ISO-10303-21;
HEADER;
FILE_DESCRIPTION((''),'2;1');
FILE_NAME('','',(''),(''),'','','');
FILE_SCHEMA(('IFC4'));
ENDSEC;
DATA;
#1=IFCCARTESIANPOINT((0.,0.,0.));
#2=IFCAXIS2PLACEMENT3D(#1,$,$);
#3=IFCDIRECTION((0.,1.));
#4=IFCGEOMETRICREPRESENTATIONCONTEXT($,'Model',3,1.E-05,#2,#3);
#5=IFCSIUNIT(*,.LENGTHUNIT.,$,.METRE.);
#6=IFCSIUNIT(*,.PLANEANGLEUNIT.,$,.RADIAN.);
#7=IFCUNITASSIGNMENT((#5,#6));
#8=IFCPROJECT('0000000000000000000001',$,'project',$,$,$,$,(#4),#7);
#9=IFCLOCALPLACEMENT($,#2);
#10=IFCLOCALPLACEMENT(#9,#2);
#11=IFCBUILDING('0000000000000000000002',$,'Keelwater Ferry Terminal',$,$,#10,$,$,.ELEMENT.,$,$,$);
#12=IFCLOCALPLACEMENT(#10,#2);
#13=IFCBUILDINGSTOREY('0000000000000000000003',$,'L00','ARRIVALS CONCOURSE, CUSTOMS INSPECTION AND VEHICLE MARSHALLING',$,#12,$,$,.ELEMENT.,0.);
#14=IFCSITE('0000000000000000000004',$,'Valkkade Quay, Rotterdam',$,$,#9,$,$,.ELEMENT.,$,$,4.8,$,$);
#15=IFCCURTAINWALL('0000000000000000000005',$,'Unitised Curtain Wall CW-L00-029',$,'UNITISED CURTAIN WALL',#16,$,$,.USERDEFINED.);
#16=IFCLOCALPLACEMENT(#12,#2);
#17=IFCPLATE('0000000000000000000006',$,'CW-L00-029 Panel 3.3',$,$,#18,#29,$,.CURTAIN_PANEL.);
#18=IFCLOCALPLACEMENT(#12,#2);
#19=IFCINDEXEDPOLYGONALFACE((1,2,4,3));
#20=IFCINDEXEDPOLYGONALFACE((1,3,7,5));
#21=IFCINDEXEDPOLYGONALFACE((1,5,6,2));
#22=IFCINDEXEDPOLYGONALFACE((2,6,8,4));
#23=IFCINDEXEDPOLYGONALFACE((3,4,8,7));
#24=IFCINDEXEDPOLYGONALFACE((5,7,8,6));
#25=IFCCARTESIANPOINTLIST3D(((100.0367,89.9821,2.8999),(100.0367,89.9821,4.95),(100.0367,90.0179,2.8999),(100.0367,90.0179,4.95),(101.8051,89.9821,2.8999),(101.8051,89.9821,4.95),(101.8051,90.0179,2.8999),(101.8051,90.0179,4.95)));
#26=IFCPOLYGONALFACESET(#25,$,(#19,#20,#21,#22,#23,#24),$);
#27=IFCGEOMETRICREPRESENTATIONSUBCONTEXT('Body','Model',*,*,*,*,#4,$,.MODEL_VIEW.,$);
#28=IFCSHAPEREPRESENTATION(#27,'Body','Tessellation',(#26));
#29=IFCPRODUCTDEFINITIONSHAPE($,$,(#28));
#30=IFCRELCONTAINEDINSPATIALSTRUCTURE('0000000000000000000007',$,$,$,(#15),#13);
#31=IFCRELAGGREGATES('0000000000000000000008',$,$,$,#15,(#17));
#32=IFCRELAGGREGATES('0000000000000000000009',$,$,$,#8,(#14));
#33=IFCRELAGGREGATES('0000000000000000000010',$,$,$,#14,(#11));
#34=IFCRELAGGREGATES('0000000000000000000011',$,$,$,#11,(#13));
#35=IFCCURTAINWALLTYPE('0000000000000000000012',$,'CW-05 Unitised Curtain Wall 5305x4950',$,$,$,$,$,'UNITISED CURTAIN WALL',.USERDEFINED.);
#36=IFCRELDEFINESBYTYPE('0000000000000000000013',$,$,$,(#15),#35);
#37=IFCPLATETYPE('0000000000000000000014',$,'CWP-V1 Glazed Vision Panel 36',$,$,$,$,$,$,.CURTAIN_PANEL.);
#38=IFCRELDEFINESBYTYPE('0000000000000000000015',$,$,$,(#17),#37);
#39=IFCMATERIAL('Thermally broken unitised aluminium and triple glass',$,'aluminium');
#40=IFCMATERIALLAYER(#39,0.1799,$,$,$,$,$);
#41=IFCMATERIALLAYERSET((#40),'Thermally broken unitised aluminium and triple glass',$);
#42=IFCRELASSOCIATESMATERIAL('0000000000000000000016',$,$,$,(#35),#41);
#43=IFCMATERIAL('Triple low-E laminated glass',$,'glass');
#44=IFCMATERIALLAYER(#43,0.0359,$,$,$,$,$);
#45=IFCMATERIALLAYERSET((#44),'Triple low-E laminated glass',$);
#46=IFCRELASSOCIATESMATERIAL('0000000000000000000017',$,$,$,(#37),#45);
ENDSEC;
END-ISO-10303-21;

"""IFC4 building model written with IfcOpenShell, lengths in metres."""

from ifc_helpers import new_model, si_unit, direction, frame, origin, origin_2d, place, context, subcontext, project, spatial, rectangle, extrude, material, layer, layer_set, type_object, element, aggregate, save


model = new_model("IFC4")

# Units and contexts
model_context = context("Model", 3, precision=1e-05, world=origin(), true_north=direction((0.0, 1.0)))
body_context = subcontext(model_context, "Body", "Model", "MODEL_VIEW")
ifc_project = project(units=[si_unit("LENGTHUNIT", "METRE"), si_unit("PLANEANGLEUNIT", "RADIAN")], contexts=[model_context])

# Site, building, storey
site_placement = place(None, origin())
site = spatial("IfcSite", under=ifc_project, at=site_placement, Name="Valkkade Quay, Rotterdam", CompositionType="ELEMENT", RefElevation=4.8)
building_placement = place(site_placement, origin())
building = spatial("IfcBuilding", under=site, at=building_placement, Name="Keelwater Ferry Terminal", CompositionType="ELEMENT")
storey_placement = place(building_placement, origin())
storey = spatial("IfcBuildingStorey", under=building, at=storey_placement, Name="L00", Description="ARRIVALS CONCOURSE, CUSTOMS INSPECTION AND VEHICLE MARSHALLING", CompositionType="ELEMENT", Elevation=0.0)

# Curtain wall
ifc_material_1 = material(Name="Thermally broken unitised aluminium and triple glass", Category="aluminium")
ifc_layer_1 = layer(ifc_material_1, 0.1799)
ifc_layer_set_1 = layer_set([ifc_layer_1], Name="Thermally broken unitised aluminium and triple glass")
curtain_wall_type = type_object("IfcCurtainWallType", Name="CW-05 Unitised Curtain Wall 5305x4950", ElementType="UNITISED CURTAIN WALL", PredefinedType="USERDEFINED", material=ifc_layer_set_1)
curtain_wall_1_placement = place(storey_placement, origin())
curtain_wall_1 = element("IfcCurtainWall", 1, at=curtain_wall_1_placement, inside=storey, type_object=curtain_wall_type, Name="Unitised Curtain Wall CW-L00-029", ObjectType="UNITISED CURTAIN WALL", PredefinedType="USERDEFINED")

# Plate
ifc_material_2 = material(Name="Triple low-E laminated glass", Category="glass")
ifc_layer_2 = layer(ifc_material_2, 0.0359)
ifc_layer_set_2 = layer_set([ifc_layer_2], Name="Triple low-E laminated glass")
plate_type_1 = type_object("IfcPlateType", Name="CWP-V1 Glazed Vision Panel 36", PredefinedType="CURTAIN_PANEL", material=ifc_layer_set_2)
plate_1_placement = place(storey_placement, frame((100.9209, 90.0, 2.8999), z_axis=(0.0, 0.0, 1.0), x_axis=(1.0, 0.0, 0.0)))
plate_1 = element("IfcPlate", 2, at=plate_1_placement, type_object=plate_type_1, Name="CW-L00-029 Panel 3.3", PredefinedType="CURTAIN_PANEL", context=body_context, shape_type="SweptSolid", body=[
    extrude(rectangle(XDim=1.7683, YDim=0.0359, at=origin_2d()), origin(), (0.0, 0.0, 1.0), 2.05),
])
aggregate(curtain_wall_1, [plate_1])

save(model, "model.ifc")
